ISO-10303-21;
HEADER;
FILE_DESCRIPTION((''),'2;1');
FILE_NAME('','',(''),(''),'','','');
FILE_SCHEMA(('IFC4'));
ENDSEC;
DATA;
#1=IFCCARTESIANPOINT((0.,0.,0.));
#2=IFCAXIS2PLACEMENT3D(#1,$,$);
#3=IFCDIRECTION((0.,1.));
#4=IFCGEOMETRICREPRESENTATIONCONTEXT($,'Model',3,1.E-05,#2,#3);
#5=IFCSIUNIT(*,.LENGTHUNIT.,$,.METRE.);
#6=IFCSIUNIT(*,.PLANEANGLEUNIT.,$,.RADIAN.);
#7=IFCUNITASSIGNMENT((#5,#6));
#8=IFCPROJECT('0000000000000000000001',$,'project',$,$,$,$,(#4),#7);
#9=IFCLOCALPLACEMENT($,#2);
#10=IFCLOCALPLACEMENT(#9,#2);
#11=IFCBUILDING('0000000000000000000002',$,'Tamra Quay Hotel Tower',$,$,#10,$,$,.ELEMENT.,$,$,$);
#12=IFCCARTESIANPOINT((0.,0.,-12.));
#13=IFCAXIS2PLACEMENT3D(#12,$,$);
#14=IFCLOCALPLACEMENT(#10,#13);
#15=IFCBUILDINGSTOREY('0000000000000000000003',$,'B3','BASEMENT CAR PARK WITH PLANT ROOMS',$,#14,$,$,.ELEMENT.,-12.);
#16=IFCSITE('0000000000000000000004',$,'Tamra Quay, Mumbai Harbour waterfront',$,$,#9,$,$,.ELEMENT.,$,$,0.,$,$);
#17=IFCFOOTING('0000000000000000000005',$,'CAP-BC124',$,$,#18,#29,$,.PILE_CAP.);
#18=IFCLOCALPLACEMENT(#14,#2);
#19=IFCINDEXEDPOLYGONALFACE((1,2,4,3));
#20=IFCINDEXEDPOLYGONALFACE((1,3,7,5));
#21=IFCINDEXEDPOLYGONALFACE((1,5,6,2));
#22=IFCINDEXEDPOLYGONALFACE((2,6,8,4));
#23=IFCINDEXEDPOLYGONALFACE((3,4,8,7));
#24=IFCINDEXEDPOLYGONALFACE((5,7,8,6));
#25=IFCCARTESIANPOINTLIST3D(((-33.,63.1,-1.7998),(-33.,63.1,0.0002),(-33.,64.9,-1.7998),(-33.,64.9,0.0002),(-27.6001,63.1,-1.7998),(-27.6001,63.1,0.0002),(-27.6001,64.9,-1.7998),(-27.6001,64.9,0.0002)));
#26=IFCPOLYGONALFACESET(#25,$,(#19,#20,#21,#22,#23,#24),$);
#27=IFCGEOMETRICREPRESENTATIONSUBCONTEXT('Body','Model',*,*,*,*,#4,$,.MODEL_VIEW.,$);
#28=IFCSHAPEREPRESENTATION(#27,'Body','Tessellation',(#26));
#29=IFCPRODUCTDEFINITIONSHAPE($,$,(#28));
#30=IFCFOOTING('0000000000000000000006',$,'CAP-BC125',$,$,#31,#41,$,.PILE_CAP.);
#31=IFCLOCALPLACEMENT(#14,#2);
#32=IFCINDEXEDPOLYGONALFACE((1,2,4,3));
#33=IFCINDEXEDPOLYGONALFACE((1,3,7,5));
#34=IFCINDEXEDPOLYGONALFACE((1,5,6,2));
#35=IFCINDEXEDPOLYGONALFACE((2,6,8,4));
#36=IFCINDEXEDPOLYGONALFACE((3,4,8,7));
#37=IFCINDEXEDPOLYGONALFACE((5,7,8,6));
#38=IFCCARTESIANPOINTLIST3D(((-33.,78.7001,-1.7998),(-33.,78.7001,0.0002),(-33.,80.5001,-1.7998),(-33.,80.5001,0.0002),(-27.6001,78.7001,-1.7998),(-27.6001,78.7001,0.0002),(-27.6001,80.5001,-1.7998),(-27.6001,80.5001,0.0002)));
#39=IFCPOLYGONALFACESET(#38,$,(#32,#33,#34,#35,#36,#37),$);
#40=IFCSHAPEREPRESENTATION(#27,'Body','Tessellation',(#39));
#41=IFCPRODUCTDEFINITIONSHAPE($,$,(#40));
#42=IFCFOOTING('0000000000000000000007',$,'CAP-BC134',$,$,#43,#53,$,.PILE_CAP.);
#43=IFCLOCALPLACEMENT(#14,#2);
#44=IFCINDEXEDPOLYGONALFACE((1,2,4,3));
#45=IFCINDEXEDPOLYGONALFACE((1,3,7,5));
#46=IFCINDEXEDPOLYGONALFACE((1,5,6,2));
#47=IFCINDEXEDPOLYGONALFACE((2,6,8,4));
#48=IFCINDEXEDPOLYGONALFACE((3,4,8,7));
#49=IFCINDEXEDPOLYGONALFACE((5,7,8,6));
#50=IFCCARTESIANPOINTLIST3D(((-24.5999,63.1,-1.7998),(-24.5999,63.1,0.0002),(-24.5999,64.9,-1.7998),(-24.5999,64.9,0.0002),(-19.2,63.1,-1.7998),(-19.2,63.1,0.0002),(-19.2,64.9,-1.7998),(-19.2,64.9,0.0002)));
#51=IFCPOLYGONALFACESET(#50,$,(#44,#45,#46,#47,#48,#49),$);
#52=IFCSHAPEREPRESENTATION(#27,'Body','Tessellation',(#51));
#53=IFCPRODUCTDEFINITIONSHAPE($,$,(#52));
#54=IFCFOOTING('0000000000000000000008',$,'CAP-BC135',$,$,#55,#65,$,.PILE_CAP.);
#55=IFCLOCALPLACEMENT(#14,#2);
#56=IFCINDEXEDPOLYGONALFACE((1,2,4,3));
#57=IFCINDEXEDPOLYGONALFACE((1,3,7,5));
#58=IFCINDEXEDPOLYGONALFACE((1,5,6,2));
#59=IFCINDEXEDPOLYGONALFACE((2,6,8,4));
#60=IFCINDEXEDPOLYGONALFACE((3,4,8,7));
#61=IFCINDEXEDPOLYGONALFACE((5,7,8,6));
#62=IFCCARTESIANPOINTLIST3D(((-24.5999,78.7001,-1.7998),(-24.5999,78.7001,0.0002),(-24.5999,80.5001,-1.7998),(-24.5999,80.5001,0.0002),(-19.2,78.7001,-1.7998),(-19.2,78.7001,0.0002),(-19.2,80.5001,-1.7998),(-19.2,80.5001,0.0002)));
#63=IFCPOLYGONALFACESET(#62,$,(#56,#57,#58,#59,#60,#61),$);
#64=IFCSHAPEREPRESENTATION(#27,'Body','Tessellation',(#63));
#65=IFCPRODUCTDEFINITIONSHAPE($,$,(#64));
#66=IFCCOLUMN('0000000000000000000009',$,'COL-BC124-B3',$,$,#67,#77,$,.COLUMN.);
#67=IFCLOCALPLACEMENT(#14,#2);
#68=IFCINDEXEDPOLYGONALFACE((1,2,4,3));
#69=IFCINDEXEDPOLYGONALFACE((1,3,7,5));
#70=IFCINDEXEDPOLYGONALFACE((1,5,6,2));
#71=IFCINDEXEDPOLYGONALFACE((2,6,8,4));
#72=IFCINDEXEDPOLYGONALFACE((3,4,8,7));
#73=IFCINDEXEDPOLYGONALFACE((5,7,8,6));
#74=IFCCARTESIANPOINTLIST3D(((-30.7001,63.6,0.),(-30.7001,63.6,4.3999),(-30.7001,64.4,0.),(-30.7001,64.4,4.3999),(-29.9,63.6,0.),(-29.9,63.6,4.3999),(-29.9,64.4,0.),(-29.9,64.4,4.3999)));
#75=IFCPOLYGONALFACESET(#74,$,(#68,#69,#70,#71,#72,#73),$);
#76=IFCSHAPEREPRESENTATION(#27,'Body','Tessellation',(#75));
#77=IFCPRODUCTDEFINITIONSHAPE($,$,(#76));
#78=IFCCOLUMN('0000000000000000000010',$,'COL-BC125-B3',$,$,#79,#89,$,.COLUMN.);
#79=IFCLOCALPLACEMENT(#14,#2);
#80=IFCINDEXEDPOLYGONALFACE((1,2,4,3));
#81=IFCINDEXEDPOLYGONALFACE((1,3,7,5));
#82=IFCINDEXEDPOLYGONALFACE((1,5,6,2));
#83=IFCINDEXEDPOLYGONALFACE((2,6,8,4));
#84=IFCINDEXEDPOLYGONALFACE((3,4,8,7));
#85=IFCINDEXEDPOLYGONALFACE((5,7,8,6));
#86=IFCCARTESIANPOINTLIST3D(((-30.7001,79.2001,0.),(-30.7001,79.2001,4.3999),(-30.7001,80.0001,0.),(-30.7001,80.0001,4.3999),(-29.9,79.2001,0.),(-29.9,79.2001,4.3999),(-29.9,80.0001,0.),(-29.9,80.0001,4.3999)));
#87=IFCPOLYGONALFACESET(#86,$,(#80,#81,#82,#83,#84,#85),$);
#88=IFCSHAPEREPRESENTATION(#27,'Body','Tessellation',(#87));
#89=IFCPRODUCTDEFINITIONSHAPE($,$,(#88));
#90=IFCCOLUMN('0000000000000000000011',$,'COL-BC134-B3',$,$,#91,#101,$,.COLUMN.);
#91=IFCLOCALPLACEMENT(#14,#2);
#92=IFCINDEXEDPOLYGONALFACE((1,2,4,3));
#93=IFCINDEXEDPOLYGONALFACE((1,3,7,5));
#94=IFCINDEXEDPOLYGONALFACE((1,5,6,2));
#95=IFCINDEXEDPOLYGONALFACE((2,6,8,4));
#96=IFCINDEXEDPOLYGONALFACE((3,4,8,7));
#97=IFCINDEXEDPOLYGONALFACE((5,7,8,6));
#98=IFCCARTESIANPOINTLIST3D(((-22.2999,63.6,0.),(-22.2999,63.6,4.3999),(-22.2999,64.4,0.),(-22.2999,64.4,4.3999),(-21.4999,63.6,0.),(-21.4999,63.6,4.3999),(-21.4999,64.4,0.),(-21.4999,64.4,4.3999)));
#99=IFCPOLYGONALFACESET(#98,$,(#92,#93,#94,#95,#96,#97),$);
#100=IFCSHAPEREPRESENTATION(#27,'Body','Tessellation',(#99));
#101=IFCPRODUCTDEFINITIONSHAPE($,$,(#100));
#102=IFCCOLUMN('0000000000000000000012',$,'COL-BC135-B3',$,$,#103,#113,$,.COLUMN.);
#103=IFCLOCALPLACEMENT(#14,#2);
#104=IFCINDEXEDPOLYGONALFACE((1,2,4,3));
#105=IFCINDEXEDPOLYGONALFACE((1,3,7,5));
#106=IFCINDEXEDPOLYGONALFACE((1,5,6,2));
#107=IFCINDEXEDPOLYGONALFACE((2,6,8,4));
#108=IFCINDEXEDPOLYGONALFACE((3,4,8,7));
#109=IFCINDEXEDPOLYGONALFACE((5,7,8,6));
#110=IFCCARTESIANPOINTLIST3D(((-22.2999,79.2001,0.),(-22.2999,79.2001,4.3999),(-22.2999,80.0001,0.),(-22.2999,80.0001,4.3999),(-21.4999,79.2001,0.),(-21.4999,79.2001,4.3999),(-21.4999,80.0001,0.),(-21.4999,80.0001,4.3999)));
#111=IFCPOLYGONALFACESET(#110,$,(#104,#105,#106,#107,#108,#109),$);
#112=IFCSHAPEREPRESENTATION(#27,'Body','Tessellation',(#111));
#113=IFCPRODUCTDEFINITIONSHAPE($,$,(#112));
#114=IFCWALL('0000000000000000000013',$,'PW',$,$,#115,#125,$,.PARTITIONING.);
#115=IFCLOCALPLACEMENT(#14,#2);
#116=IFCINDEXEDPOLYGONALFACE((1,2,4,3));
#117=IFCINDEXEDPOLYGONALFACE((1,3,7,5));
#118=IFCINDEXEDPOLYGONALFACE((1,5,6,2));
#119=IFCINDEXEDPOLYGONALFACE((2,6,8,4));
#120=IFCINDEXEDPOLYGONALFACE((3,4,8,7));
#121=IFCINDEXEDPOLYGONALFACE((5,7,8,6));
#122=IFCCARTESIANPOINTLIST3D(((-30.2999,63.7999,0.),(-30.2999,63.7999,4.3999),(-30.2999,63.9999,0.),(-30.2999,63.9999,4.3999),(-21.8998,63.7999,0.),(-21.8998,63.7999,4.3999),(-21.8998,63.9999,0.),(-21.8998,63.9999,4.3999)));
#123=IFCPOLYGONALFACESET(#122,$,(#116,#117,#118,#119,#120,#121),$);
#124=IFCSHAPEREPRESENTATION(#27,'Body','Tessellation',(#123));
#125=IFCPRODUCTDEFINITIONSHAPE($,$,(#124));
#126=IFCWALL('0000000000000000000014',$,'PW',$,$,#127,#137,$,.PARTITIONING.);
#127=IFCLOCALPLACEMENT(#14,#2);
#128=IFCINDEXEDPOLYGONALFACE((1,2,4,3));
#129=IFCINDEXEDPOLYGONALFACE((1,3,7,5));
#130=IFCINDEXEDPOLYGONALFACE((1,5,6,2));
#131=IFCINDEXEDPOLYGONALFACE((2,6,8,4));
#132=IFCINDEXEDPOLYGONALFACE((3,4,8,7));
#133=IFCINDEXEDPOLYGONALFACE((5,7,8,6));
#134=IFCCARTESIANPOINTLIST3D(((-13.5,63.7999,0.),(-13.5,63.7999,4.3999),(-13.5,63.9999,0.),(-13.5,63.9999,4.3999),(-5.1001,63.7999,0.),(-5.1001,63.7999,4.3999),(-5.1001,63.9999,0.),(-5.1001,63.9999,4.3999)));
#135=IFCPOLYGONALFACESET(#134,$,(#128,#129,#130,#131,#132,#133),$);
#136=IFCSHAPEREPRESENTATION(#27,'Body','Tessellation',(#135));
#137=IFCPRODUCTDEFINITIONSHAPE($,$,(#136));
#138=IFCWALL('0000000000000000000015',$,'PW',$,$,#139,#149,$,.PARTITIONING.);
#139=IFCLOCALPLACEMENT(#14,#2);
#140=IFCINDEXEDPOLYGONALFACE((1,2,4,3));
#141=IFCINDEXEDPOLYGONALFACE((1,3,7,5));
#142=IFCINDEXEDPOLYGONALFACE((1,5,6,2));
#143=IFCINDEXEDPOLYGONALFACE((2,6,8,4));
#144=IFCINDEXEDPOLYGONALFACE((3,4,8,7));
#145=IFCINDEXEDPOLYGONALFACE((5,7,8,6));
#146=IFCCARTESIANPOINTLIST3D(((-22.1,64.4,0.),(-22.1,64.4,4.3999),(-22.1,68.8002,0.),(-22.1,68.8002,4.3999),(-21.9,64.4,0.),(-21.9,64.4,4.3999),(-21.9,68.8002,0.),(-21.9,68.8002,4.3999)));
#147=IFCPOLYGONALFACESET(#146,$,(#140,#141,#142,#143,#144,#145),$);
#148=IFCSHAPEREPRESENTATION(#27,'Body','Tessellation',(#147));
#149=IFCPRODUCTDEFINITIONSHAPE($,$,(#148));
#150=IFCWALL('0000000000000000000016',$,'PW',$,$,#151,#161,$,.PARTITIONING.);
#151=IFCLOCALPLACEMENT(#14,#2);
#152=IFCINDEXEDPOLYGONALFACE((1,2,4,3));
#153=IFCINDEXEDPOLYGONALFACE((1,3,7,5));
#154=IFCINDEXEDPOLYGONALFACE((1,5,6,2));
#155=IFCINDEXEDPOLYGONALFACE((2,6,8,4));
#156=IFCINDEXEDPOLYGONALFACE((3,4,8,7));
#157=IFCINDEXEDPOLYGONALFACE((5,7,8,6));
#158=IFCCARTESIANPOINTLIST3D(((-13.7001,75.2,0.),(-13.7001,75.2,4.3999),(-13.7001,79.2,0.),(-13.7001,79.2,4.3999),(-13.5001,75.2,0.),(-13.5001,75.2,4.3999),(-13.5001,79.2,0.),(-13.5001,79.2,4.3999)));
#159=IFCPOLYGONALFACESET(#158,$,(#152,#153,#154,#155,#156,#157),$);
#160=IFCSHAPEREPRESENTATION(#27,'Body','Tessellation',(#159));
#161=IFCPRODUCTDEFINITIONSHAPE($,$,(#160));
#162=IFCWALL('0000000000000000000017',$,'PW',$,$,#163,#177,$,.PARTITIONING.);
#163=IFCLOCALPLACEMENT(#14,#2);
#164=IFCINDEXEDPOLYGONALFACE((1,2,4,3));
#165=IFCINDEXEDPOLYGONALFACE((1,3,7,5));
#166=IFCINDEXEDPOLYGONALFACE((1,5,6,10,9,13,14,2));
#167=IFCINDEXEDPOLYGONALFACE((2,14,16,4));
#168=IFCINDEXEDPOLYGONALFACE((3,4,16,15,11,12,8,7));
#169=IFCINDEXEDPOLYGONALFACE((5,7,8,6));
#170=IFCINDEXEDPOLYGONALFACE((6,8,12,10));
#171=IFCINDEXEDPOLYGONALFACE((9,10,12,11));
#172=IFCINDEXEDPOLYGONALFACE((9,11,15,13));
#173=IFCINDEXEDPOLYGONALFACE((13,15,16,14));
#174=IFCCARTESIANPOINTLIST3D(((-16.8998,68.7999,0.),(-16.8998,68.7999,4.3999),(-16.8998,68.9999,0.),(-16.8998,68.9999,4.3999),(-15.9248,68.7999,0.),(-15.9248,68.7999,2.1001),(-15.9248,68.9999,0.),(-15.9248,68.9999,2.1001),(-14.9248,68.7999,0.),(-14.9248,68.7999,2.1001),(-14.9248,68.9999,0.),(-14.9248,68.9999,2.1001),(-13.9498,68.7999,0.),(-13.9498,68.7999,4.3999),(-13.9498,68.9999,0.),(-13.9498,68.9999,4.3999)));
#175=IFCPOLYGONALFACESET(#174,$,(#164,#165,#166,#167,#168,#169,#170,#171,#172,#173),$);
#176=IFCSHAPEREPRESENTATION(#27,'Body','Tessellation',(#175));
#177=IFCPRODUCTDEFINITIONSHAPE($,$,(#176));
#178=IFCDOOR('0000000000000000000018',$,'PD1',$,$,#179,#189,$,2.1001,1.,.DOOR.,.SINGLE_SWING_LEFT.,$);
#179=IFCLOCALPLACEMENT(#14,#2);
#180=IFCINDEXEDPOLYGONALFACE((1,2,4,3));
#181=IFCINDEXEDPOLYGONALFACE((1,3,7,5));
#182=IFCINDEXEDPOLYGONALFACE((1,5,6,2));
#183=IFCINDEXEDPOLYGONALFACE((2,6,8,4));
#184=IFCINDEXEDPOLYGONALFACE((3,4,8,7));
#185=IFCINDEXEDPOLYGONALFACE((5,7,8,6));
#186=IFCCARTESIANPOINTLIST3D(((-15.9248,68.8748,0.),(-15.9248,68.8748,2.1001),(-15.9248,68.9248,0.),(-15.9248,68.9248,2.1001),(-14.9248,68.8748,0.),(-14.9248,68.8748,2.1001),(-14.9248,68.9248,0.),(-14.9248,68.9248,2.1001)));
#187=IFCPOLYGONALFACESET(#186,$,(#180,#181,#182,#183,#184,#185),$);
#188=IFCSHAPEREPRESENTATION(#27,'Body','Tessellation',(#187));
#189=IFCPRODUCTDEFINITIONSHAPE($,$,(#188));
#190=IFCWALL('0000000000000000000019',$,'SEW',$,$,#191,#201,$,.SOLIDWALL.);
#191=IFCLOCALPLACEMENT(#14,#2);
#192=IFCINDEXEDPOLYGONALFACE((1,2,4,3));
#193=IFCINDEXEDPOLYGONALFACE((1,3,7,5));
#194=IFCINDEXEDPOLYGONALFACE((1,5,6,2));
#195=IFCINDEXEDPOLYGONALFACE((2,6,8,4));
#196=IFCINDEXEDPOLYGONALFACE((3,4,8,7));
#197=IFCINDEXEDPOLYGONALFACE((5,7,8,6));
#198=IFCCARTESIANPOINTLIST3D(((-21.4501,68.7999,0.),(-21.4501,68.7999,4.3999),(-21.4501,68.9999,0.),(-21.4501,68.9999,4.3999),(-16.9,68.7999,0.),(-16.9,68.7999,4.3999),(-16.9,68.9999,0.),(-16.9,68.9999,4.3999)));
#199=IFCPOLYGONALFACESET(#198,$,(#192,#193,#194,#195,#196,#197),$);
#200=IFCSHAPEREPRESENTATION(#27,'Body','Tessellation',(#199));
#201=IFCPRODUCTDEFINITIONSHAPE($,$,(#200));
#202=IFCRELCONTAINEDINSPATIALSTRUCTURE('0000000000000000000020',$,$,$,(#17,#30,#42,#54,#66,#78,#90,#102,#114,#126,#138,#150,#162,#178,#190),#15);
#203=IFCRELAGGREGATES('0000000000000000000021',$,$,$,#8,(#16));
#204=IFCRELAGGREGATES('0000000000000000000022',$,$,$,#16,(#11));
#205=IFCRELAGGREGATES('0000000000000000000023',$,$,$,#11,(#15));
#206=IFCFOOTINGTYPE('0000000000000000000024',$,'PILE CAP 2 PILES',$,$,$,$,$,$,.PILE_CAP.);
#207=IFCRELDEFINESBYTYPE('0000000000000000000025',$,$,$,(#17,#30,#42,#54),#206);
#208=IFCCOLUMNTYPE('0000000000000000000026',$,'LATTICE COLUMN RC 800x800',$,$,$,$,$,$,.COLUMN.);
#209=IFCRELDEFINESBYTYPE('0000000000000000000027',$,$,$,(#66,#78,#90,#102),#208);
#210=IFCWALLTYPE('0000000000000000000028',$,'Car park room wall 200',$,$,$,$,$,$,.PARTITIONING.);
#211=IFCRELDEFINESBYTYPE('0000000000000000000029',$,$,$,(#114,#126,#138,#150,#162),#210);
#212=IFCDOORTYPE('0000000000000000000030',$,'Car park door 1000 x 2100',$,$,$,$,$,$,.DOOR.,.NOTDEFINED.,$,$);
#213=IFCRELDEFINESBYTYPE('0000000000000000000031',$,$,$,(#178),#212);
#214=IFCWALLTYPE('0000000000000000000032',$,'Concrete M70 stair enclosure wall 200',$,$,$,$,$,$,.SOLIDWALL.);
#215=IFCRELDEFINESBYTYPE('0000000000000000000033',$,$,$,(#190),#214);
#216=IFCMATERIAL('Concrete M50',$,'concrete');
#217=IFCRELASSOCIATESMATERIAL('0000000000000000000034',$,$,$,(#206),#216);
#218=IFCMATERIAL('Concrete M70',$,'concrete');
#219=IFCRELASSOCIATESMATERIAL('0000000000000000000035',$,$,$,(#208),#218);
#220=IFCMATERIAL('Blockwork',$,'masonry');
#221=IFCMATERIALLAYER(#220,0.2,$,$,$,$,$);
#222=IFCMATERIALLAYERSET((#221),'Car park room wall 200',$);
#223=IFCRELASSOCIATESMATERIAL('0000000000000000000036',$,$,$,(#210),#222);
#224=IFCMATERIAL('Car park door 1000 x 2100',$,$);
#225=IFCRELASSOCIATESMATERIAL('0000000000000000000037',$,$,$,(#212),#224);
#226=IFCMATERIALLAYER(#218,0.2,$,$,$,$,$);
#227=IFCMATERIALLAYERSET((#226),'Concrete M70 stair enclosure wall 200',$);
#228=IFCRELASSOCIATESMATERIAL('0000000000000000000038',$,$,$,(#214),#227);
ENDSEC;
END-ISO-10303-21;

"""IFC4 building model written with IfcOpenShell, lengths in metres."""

from ifc_helpers import new_model, si_unit, direction, frame, frame_2d, origin, origin_2d, place, context, subcontext, project, spatial, rectangle, extrude, material, layer, layer_set, material_profile, profile_set, type_object, element, fill, save


model = new_model("IFC4")

# Units and contexts
model_context = context("Model", 3, precision=1e-05, world=origin(), true_north=direction((0.0, 1.0)))
body_context = subcontext(model_context, "Body", "Model", "MODEL_VIEW")
ifc_project = project(units=[si_unit("LENGTHUNIT", "METRE"), si_unit("PLANEANGLEUNIT", "RADIAN")], contexts=[model_context])

# Site, building, storey
site_placement = place(None, origin())
site = spatial("IfcSite", under=ifc_project, at=site_placement, Name="Tamra Quay, Mumbai Harbour waterfront", CompositionType="ELEMENT", RefElevation=0.0)
building_placement = place(site_placement, origin())
building = spatial("IfcBuilding", under=site, at=building_placement, Name="Tamra Quay Hotel Tower", CompositionType="ELEMENT")
storey_placement = place(building_placement, frame((0.0, 0.0, -12.0)))
storey = spatial("IfcBuildingStorey", under=building, at=storey_placement, Name="B3", Description="BASEMENT CAR PARK WITH PLANT ROOMS", CompositionType="ELEMENT", Elevation=-12.0)

# Footings
ifc_material_1 = material(Name="Concrete M50", Category="concrete")
footing_type = type_object("IfcFootingType", Name="PILE CAP 2 PILES", PredefinedType="PILE_CAP", material=ifc_material_1)
for number, where, z_axis, x_axis, name in (
    (1, (-30.3, 64.0, -1.7998), (0.0, 0.0, 1.0), (1.0, 0.0, 0.0), "CAP-BC124"),
    (2, (-30.3, 79.6001, -1.7998), (0.0, 0.0, 1.0), (1.0, 0.0, 0.0), "CAP-BC125"),
    (3, (-21.8999, 64.0, -1.7998), (0.0, 0.0, 1.0), (1.0, 0.0, 0.0), "CAP-BC134"),
    (4, (-21.8999, 79.6001, -1.7998), (0.0, 0.0, 1.0), (1.0, 0.0, 0.0), "CAP-BC135"),
):
    element("IfcFooting", number, at=place(storey_placement, frame(where, z_axis=z_axis, x_axis=x_axis)), inside=storey, type_object=footing_type, Name=name, PredefinedType="PILE_CAP", context=body_context, shape_type="SweptSolid", body=[
        extrude(rectangle(XDim=5.3999, YDim=1.8, at=origin_2d()), origin(), (0.0, 0.0, 1.0), 1.8),
    ])

# Columns
ifc_material_2 = material(Name="Concrete M70", Category="concrete")
ifc_material_profile_1 = material_profile(ifc_material_2, rectangle(XDim=0.8, YDim=0.8, at=origin_2d()), Name="LATTICE COLUMN RC 800x800")
ifc_profile_set_1 = profile_set([ifc_material_profile_1], Name="Concrete M70")
column_type = type_object("IfcColumnType", Name="LATTICE COLUMN RC 800x800", PredefinedType="COLUMN", material=ifc_profile_set_1)
for number, where, z_axis, x_axis, name in (
    (5, (-30.3, 64.0, 0.0), (0.0, 0.0, 1.0), (1.0, 0.0, 0.0), "COL-BC124-B3"),
    (6, (-30.3, 79.6001, 0.0), (0.0, 0.0, 1.0), (1.0, 0.0, 0.0), "COL-BC125-B3"),
    (7, (-21.8999, 64.0, 0.0), (0.0, 0.0, 1.0), (1.0, 0.0, 0.0), "COL-BC134-B3"),
    (8, (-21.8999, 79.6001, 0.0), (0.0, 0.0, 1.0), (1.0, 0.0, 0.0), "COL-BC135-B3"),
):
    element("IfcColumn", number, at=place(storey_placement, frame(where, z_axis=z_axis, x_axis=x_axis)), inside=storey, type_object=column_type, Name=name, PredefinedType="COLUMN", context=body_context, shape_type="SweptSolid", body=[
        extrude(rectangle(XDim=0.8, YDim=0.8, at=origin_2d()), origin(), (0.0, 0.0, 1.0), 4.3999),
    ])

# Walls
ifc_material_3 = material(Name="Blockwork", Category="masonry")
ifc_layer_1 = layer(ifc_material_3, 0.2)
ifc_layer_set_1 = layer_set([ifc_layer_1], Name="Car park room wall 200")
wall_type_1 = type_object("IfcWallType", Name="Car park room wall 200", PredefinedType="PARTITIONING", material=ifc_layer_set_1)
wall_1_placement = place(storey_placement, frame((-30.3, 63.8999, 0.0), z_axis=(0.0, 0.0, 1.0), x_axis=(1.0, 0.0, 0.0)))
element("IfcWall", 9, at=wall_1_placement, inside=storey, type_object=wall_type_1, Name="PW", PredefinedType="PARTITIONING", context=body_context, shape_type="SweptSolid", body=[
    extrude(rectangle(XDim=8.4001, YDim=0.2, at=frame_2d((4.2002, 0.0))), origin(), (0.0, 0.0, 1.0), 4.3999),
])
wall_2_placement = place(storey_placement, frame((-13.5, 63.8999, 0.0), z_axis=(0.0, 0.0, 1.0), x_axis=(1.0, 0.0, 0.0)))
element("IfcWall", 10, at=wall_2_placement, inside=storey, type_object=wall_type_1, Name="PW", PredefinedType="PARTITIONING", context=body_context, shape_type="SweptSolid", body=[
    extrude(rectangle(XDim=8.3999, YDim=0.2, at=frame_2d((4.2, 0.0))), origin(), (0.0, 0.0, 1.0), 4.3999),
])
wall_3_placement = place(storey_placement, frame((-22.0, 64.3999, 0.0), z_axis=(0.0, 0.0, 1.0), x_axis=(0.0, 1.0, 0.0)))
element("IfcWall", 11, at=wall_3_placement, inside=storey, type_object=wall_type_1, Name="PW", PredefinedType="PARTITIONING", context=body_context, shape_type="SweptSolid", body=[
    extrude(rectangle(XDim=4.4001, YDim=0.2, at=frame_2d((2.2002, 0.0))), origin(), (0.0, 0.0, 1.0), 4.3999),
])
wall_4_placement = place(storey_placement, frame((-13.6001, 75.2, 0.0), z_axis=(0.0, 0.0, 1.0), x_axis=(0.0, 1.0, 0.0)))
element("IfcWall", 12, at=wall_4_placement, inside=storey, type_object=wall_type_1, Name="PW", PredefinedType="PARTITIONING", context=body_context, shape_type="SweptSolid", body=[
    extrude(rectangle(XDim=4.0, YDim=0.2, at=frame_2d((2.0, 0.0))), origin(), (0.0, 0.0, 1.0), 4.3999),
])

# Wall, opening, door
wall_5_placement = place(storey_placement, frame((-16.8999, 68.8999, 0.0), z_axis=(0.0, 0.0, 1.0), x_axis=(1.0, 0.0, 0.0)))
wall_5 = element("IfcWall", 13, at=wall_5_placement, inside=storey, type_object=wall_type_1, Name="PW", PredefinedType="PARTITIONING", context=body_context, shape_type="SweptSolid", body=[
    extrude(rectangle(XDim=2.95, YDim=0.2, at=frame_2d((1.4751, 0.0))), origin(), (0.0, 0.0, 1.0), 4.3999),
])
opening_placement = place(wall_5_placement, frame((0.9751, 0.0, 0.0)))
opening = element("IfcOpeningElement", 14, at=opening_placement, cuts=wall_5, PredefinedType="OPENING", context=body_context, shape_type="SweptSolid", body=[
    extrude(rectangle(XDim=1.0, YDim=2.1001, at=frame_2d((0.5, 1.05))), frame((0.0, 0.1099, 0.0), z_axis=(0.0, -1.0, 0.0), x_axis=(1.0, 0.0, 0.0)), (0.0, 0.0, 1.0), 0.22),
])
ifc_material_4 = material(Name="Car park door 1000 x 2100")
door_type = type_object("IfcDoorType", Name="Car park door 1000 x 2100", OperationType="NOTDEFINED", PredefinedType="DOOR", material=ifc_material_4)
door_placement = place(opening_placement, origin())
door = element("IfcDoor", 15, at=door_placement, inside=storey, type_object=door_type, Name="PD1", OperationType="SINGLE_SWING_LEFT", OverallHeight=2.1001, OverallWidth=1.0, PredefinedType="DOOR", context=body_context, shape_type="SweptSolid", body=[
    extrude(rectangle(XDim=1.0, YDim=2.1001, at=frame_2d((0.5, 1.05))), frame((0.0, 0.0249, 0.0), z_axis=(0.0, -1.0, 0.0), x_axis=(1.0, 0.0, 0.0)), (0.0, 0.0, 1.0), 0.05),
])
fill(opening, door)

# Wall
ifc_layer_2 = layer(ifc_material_2, 0.2)
ifc_layer_set_2 = layer_set([ifc_layer_2], Name="Concrete M70 stair enclosure wall 200")
wall_type_2 = type_object("IfcWallType", Name="Concrete M70 stair enclosure wall 200", PredefinedType="SOLIDWALL", material=ifc_layer_set_2)
wall_6_placement = place(storey_placement, frame((-21.45, 68.8999, 0.0), z_axis=(0.0, 0.0, 1.0), x_axis=(1.0, 0.0, 0.0)))
element("IfcWall", 16, at=wall_6_placement, inside=storey, type_object=wall_type_2, Name="SEW", PredefinedType="SOLIDWALL", context=body_context, shape_type="SweptSolid", body=[
    extrude(rectangle(XDim=4.55, YDim=0.2, at=frame_2d((2.2749, 0.0))), origin(), (0.0, 0.0, 1.0), 4.3999),
])

save(model, "model.ifc")
